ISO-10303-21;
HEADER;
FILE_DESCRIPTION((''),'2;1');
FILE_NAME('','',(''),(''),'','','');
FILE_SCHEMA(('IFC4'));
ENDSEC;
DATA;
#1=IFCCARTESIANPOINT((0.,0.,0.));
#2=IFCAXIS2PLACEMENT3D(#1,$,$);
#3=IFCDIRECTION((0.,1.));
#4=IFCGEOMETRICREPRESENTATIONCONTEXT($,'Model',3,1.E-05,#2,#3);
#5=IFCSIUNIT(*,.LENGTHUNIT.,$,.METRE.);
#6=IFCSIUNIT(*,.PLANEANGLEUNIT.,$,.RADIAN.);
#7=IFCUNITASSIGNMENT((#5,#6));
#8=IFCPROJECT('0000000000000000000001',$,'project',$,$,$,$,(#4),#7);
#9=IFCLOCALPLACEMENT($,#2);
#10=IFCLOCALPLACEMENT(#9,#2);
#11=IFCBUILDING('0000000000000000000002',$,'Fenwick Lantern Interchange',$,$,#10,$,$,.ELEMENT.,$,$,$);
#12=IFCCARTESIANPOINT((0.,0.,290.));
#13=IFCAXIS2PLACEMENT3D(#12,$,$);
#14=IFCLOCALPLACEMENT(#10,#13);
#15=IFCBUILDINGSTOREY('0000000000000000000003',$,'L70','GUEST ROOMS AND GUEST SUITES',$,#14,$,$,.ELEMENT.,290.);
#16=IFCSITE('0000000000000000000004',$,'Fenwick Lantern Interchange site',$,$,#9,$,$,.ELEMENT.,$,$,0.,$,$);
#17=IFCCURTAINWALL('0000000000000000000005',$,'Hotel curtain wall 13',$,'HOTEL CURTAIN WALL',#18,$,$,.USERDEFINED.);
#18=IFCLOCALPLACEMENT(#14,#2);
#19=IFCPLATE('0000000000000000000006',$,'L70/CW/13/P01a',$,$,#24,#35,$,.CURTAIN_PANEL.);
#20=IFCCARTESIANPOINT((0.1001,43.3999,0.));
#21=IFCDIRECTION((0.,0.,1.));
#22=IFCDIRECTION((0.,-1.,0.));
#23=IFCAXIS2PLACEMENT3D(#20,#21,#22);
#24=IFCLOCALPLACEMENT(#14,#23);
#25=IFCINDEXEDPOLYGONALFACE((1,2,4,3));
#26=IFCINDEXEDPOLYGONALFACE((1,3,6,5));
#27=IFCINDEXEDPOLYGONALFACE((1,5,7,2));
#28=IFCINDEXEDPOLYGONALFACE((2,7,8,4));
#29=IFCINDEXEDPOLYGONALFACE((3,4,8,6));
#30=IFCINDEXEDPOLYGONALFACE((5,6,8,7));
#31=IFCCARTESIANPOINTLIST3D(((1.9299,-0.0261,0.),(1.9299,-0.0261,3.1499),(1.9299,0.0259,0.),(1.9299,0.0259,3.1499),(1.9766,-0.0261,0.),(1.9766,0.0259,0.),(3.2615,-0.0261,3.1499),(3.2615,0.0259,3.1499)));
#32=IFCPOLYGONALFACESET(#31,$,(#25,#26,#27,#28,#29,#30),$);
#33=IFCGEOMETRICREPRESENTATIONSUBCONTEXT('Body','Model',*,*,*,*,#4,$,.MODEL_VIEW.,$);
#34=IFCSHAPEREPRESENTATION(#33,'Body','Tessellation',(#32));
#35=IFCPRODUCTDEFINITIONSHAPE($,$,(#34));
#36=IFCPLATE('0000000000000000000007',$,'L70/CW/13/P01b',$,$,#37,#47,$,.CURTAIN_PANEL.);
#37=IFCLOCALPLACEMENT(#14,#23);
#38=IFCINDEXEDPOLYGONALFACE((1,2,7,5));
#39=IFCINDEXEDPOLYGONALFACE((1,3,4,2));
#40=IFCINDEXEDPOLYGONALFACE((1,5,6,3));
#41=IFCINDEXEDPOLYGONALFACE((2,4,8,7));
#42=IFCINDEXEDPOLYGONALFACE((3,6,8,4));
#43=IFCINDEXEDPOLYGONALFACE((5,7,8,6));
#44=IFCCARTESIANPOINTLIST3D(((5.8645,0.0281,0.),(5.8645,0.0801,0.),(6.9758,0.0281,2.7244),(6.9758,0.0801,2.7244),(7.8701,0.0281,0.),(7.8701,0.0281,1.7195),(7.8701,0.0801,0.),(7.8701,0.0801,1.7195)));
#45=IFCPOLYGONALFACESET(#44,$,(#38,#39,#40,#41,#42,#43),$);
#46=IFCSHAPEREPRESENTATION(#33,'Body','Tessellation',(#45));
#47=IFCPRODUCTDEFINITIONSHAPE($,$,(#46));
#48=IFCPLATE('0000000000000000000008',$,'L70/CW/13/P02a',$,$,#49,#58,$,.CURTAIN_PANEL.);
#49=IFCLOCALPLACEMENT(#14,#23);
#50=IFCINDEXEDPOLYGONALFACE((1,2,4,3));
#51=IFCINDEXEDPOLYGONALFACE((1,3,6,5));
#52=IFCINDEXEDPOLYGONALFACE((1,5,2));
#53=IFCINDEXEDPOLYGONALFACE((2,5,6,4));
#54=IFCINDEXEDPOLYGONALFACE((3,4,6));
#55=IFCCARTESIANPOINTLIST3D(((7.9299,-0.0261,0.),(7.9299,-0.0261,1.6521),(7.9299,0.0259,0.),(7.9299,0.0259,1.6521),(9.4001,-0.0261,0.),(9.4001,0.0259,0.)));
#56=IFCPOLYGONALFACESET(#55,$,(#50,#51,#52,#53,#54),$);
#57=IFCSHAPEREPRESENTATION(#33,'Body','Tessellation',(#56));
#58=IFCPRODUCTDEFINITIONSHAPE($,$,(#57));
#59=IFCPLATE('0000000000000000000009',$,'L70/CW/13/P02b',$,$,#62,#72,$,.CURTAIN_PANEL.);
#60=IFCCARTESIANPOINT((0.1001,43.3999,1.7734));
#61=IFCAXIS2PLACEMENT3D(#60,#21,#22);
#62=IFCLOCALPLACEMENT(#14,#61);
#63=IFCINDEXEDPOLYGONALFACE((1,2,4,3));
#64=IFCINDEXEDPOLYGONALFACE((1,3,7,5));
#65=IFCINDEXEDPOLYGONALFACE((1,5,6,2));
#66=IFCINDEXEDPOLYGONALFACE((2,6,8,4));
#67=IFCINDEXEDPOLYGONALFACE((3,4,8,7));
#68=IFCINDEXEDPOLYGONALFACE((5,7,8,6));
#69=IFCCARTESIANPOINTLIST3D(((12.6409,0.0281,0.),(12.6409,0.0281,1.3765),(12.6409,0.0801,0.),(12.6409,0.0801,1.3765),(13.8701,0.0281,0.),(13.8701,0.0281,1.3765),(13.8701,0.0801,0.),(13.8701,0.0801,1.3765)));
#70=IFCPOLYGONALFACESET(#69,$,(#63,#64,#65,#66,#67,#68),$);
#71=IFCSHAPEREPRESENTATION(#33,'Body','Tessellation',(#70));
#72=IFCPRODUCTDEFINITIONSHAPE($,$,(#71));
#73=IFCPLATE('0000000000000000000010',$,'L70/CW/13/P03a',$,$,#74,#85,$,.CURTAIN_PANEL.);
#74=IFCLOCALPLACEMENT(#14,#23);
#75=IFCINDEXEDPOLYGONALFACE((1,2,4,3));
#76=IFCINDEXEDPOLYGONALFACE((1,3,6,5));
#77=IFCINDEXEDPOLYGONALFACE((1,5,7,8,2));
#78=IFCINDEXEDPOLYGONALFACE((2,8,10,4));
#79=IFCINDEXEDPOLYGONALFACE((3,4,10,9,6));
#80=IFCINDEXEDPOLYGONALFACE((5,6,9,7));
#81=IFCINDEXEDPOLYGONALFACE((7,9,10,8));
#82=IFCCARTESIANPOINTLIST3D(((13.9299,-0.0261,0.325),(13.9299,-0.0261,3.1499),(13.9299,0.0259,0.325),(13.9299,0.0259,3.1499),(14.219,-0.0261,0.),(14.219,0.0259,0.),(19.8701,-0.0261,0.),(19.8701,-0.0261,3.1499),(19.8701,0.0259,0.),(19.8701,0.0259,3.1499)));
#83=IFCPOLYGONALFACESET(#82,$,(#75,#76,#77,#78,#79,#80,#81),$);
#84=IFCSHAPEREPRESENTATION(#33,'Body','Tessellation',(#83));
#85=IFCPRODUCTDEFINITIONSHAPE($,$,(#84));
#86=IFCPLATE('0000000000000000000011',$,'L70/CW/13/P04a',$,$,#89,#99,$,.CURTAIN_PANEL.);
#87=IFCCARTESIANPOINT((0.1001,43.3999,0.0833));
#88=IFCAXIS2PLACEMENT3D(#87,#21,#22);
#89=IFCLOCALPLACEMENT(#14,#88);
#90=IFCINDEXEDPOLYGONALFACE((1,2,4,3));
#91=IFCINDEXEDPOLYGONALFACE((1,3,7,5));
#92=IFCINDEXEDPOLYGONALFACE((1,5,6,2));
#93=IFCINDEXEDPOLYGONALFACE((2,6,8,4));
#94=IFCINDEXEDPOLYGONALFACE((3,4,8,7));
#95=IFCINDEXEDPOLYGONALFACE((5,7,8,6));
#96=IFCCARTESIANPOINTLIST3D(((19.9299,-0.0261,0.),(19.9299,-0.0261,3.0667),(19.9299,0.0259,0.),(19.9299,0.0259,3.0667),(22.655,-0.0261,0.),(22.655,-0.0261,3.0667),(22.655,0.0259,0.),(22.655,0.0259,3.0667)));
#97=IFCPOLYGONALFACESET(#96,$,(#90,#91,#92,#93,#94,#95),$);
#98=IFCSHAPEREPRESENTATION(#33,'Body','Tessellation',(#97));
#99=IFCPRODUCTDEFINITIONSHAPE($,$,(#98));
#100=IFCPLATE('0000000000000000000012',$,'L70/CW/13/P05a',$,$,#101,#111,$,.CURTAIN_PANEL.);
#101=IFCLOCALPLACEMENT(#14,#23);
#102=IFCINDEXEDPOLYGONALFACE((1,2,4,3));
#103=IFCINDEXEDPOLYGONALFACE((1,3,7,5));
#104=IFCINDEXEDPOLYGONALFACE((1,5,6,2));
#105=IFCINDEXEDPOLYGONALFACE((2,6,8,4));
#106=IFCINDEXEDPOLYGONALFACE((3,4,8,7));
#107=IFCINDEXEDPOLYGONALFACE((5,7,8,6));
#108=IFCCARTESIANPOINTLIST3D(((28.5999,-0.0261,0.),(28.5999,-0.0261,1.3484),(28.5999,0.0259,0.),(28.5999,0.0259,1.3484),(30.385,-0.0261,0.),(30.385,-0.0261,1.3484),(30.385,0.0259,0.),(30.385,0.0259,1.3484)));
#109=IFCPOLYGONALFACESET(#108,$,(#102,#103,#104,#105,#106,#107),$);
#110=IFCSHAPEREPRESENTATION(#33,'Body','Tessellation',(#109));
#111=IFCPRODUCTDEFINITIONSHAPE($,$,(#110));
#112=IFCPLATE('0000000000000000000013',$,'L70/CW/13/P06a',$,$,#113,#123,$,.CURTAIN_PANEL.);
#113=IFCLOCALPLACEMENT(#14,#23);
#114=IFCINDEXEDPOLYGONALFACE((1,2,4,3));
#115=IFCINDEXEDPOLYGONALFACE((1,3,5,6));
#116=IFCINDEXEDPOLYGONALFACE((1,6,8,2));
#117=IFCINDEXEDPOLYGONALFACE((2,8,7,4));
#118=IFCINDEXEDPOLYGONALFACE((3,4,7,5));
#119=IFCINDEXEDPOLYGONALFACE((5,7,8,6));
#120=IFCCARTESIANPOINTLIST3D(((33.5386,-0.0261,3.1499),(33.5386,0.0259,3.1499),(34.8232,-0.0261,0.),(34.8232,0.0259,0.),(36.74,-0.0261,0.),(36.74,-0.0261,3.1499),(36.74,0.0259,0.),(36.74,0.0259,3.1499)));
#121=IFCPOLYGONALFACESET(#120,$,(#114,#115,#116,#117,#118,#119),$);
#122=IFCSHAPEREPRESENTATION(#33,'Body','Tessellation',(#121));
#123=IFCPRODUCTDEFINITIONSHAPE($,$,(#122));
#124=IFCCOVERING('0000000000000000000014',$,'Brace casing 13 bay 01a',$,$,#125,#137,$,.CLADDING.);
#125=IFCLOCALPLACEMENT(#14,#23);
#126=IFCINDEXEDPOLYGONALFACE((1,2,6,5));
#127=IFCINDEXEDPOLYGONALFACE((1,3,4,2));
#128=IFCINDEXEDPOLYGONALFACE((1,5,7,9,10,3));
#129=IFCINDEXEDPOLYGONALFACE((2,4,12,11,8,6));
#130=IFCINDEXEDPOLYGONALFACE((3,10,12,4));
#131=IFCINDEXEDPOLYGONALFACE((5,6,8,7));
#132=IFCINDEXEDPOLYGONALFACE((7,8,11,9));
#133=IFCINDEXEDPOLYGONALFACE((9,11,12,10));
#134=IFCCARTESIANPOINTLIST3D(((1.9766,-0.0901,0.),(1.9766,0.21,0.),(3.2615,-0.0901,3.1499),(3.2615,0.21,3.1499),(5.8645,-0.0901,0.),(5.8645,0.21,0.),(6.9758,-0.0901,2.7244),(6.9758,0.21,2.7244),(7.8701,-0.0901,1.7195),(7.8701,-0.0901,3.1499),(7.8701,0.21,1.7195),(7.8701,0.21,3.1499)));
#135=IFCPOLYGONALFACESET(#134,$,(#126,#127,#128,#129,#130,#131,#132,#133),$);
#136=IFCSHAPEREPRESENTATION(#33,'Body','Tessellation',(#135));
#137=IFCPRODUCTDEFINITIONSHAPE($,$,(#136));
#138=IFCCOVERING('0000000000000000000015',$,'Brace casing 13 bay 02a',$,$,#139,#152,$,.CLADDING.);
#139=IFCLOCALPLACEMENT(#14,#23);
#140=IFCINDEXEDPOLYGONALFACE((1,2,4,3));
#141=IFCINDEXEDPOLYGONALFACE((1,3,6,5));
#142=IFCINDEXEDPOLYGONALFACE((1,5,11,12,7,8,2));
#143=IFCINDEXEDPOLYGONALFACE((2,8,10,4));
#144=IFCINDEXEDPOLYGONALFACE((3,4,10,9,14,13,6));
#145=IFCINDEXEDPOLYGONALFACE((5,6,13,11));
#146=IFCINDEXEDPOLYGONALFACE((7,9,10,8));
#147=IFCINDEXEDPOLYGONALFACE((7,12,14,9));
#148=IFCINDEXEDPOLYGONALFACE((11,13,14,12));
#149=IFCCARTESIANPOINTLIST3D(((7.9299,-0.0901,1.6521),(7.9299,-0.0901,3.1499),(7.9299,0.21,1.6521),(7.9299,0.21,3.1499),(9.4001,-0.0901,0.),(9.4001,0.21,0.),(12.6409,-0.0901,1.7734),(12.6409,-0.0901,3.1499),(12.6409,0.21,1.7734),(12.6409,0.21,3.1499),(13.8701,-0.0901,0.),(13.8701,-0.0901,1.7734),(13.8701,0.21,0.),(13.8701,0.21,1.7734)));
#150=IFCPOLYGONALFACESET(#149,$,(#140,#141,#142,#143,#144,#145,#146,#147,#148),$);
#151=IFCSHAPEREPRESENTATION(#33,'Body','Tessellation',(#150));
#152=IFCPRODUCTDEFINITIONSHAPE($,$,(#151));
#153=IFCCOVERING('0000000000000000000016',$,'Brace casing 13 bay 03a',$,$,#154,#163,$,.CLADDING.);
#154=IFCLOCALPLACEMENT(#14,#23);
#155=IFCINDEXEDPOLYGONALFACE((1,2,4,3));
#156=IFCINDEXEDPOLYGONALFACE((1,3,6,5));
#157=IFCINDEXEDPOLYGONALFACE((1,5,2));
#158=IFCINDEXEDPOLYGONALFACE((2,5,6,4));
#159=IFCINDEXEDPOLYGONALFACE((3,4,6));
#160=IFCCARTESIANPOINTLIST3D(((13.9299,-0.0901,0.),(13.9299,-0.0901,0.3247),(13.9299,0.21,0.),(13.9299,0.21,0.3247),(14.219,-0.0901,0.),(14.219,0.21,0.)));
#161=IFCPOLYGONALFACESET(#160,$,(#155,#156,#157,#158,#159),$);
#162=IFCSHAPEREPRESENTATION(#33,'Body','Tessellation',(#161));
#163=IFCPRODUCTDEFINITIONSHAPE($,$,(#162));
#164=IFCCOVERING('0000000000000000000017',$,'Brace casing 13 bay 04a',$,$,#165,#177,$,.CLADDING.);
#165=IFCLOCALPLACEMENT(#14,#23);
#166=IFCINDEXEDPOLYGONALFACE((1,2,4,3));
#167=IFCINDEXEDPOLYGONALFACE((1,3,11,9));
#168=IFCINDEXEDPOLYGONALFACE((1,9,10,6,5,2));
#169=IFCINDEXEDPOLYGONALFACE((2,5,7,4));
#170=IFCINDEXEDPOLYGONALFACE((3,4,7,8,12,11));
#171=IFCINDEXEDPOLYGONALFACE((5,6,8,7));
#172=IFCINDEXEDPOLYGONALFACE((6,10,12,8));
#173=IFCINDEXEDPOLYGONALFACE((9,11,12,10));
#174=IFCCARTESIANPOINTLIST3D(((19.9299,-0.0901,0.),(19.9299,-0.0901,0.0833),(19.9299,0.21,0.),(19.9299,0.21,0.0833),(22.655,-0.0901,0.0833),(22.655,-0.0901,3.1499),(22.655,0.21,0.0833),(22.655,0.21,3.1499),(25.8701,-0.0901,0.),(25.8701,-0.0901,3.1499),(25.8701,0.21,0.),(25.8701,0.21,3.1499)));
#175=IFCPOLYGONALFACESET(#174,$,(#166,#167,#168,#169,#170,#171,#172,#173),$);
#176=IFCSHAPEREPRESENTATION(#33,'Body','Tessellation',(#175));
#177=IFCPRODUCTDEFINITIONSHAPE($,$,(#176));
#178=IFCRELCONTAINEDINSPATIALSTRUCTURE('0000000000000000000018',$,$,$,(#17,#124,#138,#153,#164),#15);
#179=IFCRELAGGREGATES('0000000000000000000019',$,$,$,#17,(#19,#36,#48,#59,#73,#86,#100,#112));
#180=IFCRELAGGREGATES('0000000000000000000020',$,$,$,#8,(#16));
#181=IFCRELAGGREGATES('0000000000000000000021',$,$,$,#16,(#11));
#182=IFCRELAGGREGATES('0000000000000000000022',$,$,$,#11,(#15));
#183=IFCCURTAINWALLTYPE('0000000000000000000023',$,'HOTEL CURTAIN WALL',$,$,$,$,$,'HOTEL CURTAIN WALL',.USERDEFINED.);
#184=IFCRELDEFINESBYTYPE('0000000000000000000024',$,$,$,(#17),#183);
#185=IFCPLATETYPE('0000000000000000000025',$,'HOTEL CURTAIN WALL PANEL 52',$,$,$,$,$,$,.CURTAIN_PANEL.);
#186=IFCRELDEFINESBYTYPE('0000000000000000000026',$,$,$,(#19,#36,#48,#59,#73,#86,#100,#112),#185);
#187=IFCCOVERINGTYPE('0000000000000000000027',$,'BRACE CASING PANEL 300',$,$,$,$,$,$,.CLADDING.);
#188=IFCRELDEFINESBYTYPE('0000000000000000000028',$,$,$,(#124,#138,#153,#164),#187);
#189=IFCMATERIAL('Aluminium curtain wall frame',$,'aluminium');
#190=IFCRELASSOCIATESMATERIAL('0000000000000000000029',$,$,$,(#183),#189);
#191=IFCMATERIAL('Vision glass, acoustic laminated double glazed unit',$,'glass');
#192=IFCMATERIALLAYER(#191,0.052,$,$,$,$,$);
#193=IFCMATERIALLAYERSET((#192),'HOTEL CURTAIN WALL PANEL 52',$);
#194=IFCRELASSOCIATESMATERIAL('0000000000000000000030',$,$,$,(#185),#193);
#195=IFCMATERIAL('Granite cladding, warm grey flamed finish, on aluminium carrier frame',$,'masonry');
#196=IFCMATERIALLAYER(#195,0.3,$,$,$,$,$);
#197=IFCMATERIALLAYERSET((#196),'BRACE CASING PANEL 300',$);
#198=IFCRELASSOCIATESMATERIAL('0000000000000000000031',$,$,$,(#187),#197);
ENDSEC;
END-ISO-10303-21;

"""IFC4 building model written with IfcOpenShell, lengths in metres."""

from ifc_helpers import new_model, si_unit, direction, frame, origin, place, context, subcontext, project, spatial, polyline, outline, extrude, material, layer, layer_set, type_object, element, aggregate, save


model = new_model("IFC4")

# Units and contexts
model_context = context("Model", 3, precision=1e-05, world=origin(), true_north=direction((0.0, 1.0)))
body_context = subcontext(model_context, "Body", "Model", "MODEL_VIEW")
ifc_project = project(units=[si_unit("LENGTHUNIT", "METRE"), si_unit("PLANEANGLEUNIT", "RADIAN")], contexts=[model_context])

# Site, building, storey
site_placement = place(None, origin())
site = spatial("IfcSite", under=ifc_project, at=site_placement, Name="Fenwick Lantern Interchange site", CompositionType="ELEMENT", RefElevation=0.0)
building_placement = place(site_placement, origin())
building = spatial("IfcBuilding", under=site, at=building_placement, Name="Fenwick Lantern Interchange", CompositionType="ELEMENT")
storey_placement = place(building_placement, frame((0.0, 0.0, 290.0)))
storey = spatial("IfcBuildingStorey", under=building, at=storey_placement, Name="L70", Description="GUEST ROOMS AND GUEST SUITES", CompositionType="ELEMENT", Elevation=290.0)

# Shared definitions
ifc_material_1 = material(Name="Aluminium curtain wall frame", Category="aluminium")
curtain_wall_type = type_object("IfcCurtainWallType", Name="HOTEL CURTAIN WALL", ElementType="HOTEL CURTAIN WALL", PredefinedType="USERDEFINED", material=ifc_material_1)

# Curtain wall
curtain_wall_1_placement = place(storey_placement, origin())
curtain_wall_1 = element("IfcCurtainWall", 1, at=curtain_wall_1_placement, inside=storey, type_object=curtain_wall_type, Name="Hotel curtain wall 13", ObjectType="HOTEL CURTAIN WALL", PredefinedType="USERDEFINED")

# Plates
ifc_material_2 = material(Name="Vision glass, acoustic laminated double glazed unit", Category="glass")
ifc_layer_1 = layer(ifc_material_2, 0.052)
ifc_layer_set_1 = layer_set([ifc_layer_1], Name="HOTEL CURTAIN WALL PANEL 52")
plate_type = type_object("IfcPlateType", Name="HOTEL CURTAIN WALL PANEL 52", PredefinedType="CURTAIN_PANEL", material=ifc_layer_set_1)
plate_1_placement = place(storey_placement, frame((0.1001, 43.3999, 0.0), z_axis=(0.0, 0.0, 1.0), x_axis=(0.0, -1.0, 0.0)))
plate_1 = element("IfcPlate", 2, at=plate_1_placement, type_object=plate_type, Name="L70/CW/13/P01a", PredefinedType="CURTAIN_PANEL", context=body_context, shape_type="SweptSolid", body=[
    extrude(outline(polyline([(1.9299, 0.0), (1.9766, 0.0), (3.2615, 3.1499), (1.9299, 3.1499), (1.9299, 0.0)])), frame((0.0, 0.0259, 0.0), z_axis=(0.0, -1.0, 0.0), x_axis=(1.0, 0.0, 0.0)), (0.0, 0.0, 1.0), 0.052),
])
plate_2_placement = place(storey_placement, frame((0.1001, 43.3999, 0.0), z_axis=(0.0, 0.0, 1.0), x_axis=(0.0, -1.0, 0.0)))
plate_2 = element("IfcPlate", 3, at=plate_2_placement, type_object=plate_type, Name="L70/CW/13/P01b", PredefinedType="CURTAIN_PANEL", context=body_context, shape_type="SweptSolid", body=[
    extrude(outline(polyline([(5.8645, 0.0), (7.8701, 0.0), (7.8701, 1.7195), (6.9758, 2.7244), (5.8645, 0.0)])), frame((0.0, 0.0801, 0.0), z_axis=(0.0, -1.0, 0.0), x_axis=(1.0, 0.0, 0.0)), (0.0, 0.0, 1.0), 0.052),
])
plate_3_placement = place(storey_placement, frame((0.1001, 43.3999, 0.0), z_axis=(0.0, 0.0, 1.0), x_axis=(0.0, -1.0, 0.0)))
plate_3 = element("IfcPlate", 4, at=plate_3_placement, type_object=plate_type, Name="L70/CW/13/P02a", PredefinedType="CURTAIN_PANEL", context=body_context, shape_type="SweptSolid", body=[
    extrude(outline(polyline([(7.9299, 0.0), (9.4001, 0.0), (7.9299, 1.6521), (7.9299, 0.0)])), frame((0.0, 0.0259, 0.0), z_axis=(0.0, -1.0, 0.0), x_axis=(1.0, 0.0, 0.0)), (0.0, 0.0, 1.0), 0.052),
])
plate_4_placement = place(storey_placement, frame((0.1001, 43.3999, 1.7734), z_axis=(0.0, 0.0, 1.0), x_axis=(0.0, -1.0, 0.0)))
plate_4 = element("IfcPlate", 5, at=plate_4_placement, type_object=plate_type, Name="L70/CW/13/P02b", PredefinedType="CURTAIN_PANEL", context=body_context, shape_type="SweptSolid", body=[
    extrude(outline(polyline([(12.6409, 0.0), (13.8701, 0.0), (13.8701, 1.3765), (12.6409, 1.3765), (12.6409, 0.0)])), frame((0.0, 0.0801, 0.0), z_axis=(0.0, -1.0, 0.0), x_axis=(1.0, 0.0, 0.0)), (0.0, 0.0, 1.0), 0.052),
])
plate_5_placement = place(storey_placement, frame((0.1001, 43.3999, 0.0), z_axis=(0.0, 0.0, 1.0), x_axis=(0.0, -1.0, 0.0)))
plate_5 = element("IfcPlate", 6, at=plate_5_placement, type_object=plate_type, Name="L70/CW/13/P03a", PredefinedType="CURTAIN_PANEL", context=body_context, shape_type="SweptSolid", body=[
    extrude(outline(polyline([(14.219, 0.0), (19.8701, 0.0), (19.8701, 3.1499), (13.9299, 3.1499), (13.9299, 0.325), (14.219, 0.0)])), frame((0.0, 0.0259, 0.0), z_axis=(0.0, -1.0, 0.0), x_axis=(1.0, 0.0, 0.0)), (0.0, 0.0, 1.0), 0.052),
])
plate_6_placement = place(storey_placement, frame((0.1001, 43.3999, 0.0833), z_axis=(0.0, 0.0, 1.0), x_axis=(0.0, -1.0, 0.0)))
plate_6 = element("IfcPlate", 7, at=plate_6_placement, type_object=plate_type, Name="L70/CW/13/P04a", PredefinedType="CURTAIN_PANEL", context=body_context, shape_type="SweptSolid", body=[
    extrude(outline(polyline([(19.9299, 0.0), (22.655, 0.0), (22.655, 3.0667), (19.9299, 3.0667), (19.9299, 0.0)])), frame((0.0, 0.0259, 0.0), z_axis=(0.0, -1.0, 0.0), x_axis=(1.0, 0.0, 0.0)), (0.0, 0.0, 1.0), 0.052),
])
plate_7_placement = place(storey_placement, frame((0.1001, 43.3999, 0.0), z_axis=(0.0, 0.0, 1.0), x_axis=(0.0, -1.0, 0.0)))
plate_7 = element("IfcPlate", 8, at=plate_7_placement, type_object=plate_type, Name="L70/CW/13/P05a", PredefinedType="CURTAIN_PANEL", context=body_context, shape_type="SweptSolid", body=[
    extrude(outline(polyline([(28.5999, 0.0), (30.385, 0.0), (30.385, 1.3484), (28.5999, 1.3484), (28.5999, 0.0)])), frame((0.0, 0.0259, 0.0), z_axis=(0.0, -1.0, 0.0), x_axis=(1.0, 0.0, 0.0)), (0.0, 0.0, 1.0), 0.052),
])
plate_8_placement = place(storey_placement, frame((0.1001, 43.3999, 0.0), z_axis=(0.0, 0.0, 1.0), x_axis=(0.0, -1.0, 0.0)))
plate_8 = element("IfcPlate", 9, at=plate_8_placement, type_object=plate_type, Name="L70/CW/13/P06a", PredefinedType="CURTAIN_PANEL", context=body_context, shape_type="SweptSolid", body=[
    extrude(outline(polyline([(34.8232, 0.0), (36.74, 0.0), (36.74, 3.1499), (33.5386, 3.1499), (34.8232, 0.0)])), frame((0.0, 0.0259, 0.0), z_axis=(0.0, -1.0, 0.0), x_axis=(1.0, 0.0, 0.0)), (0.0, 0.0, 1.0), 0.052),
])
aggregate(curtain_wall_1, [plate_1, plate_2, plate_3, plate_4, plate_5, plate_6, plate_7, plate_8])

# Coverings
ifc_material_3 = material(Name="Granite cladding, warm grey flamed finish, on aluminium carrier frame", Category="masonry")
ifc_layer_2 = layer(ifc_material_3, 0.3)
ifc_layer_set_2 = layer_set([ifc_layer_2], Name="BRACE CASING PANEL 300")
covering_type = type_object("IfcCoveringType", Name="BRACE CASING PANEL 300", PredefinedType="CLADDING", material=ifc_layer_set_2)
covering_1_placement = place(storey_placement, frame((0.1001, 43.3999, 0.0), z_axis=(0.0, 0.0, 1.0), x_axis=(0.0, -1.0, 0.0)))
element("IfcCovering", 10, at=covering_1_placement, inside=storey, type_object=covering_type, Name="Brace casing 13 bay 01a", PredefinedType="CLADDING", context=body_context, shape_type="SweptSolid", body=[
    extrude(outline(polyline([(1.9766, 0.0), (5.8645, 0.0), (6.9758, 2.7244), (7.8701, 1.7195), (7.8701, 3.1499), (3.2615, 3.1499), (1.9766, 0.0)])), frame((0.0, 0.21, 0.0), z_axis=(0.0, -1.0, 0.0), x_axis=(1.0, 0.0, 0.0)), (0.0, 0.0, 1.0), 0.3),
])
covering_2_placement = place(storey_placement, frame((0.1001, 43.3999, 0.0), z_axis=(0.0, 0.0, 1.0), x_axis=(0.0, -1.0, 0.0)))
element("IfcCovering", 11, at=covering_2_placement, inside=storey, type_object=covering_type, Name="Brace casing 13 bay 02a", PredefinedType="CLADDING", context=body_context, shape_type="SweptSolid", body=[
    extrude(outline(polyline([(9.4001, 0.0), (13.8701, 0.0), (13.8701, 1.7734), (12.6409, 1.7734), (12.6409, 3.1499), (7.9299, 3.1499), (7.9299, 1.6521), (9.4001, 0.0)])), frame((0.0, 0.21, 0.0), z_axis=(0.0, -1.0, 0.0), x_axis=(1.0, 0.0, 0.0)), (0.0, 0.0, 1.0), 0.3),
])
covering_3_placement = place(storey_placement, frame((0.1001, 43.3999, 0.0), z_axis=(0.0, 0.0, 1.0), x_axis=(0.0, -1.0, 0.0)))
element("IfcCovering", 12, at=covering_3_placement, inside=storey, type_object=covering_type, Name="Brace casing 13 bay 03a", PredefinedType="CLADDING", context=body_context, shape_type="SweptSolid", body=[
    extrude(outline(polyline([(13.9299, 0.0), (14.219, 0.0), (13.9299, 0.3247), (13.9299, 0.0)])), frame((0.0, 0.21, 0.0), z_axis=(0.0, -1.0, 0.0), x_axis=(1.0, 0.0, 0.0)), (0.0, 0.0, 1.0), 0.3),
])
covering_4_placement = place(storey_placement, frame((0.1001, 43.3999, 0.0), z_axis=(0.0, 0.0, 1.0), x_axis=(0.0, -1.0, 0.0)))
element("IfcCovering", 13, at=covering_4_placement, inside=storey, type_object=covering_type, Name="Brace casing 13 bay 04a", PredefinedType="CLADDING", context=body_context, shape_type="SweptSolid", body=[
    extrude(outline(polyline([(19.9299, 0.0), (25.8701, 0.0), (25.8701, 3.1499), (22.655, 3.1499), (22.655, 0.0833), (19.9299, 0.0833), (19.9299, 0.0)])), frame((0.0, 0.21, 0.0), z_axis=(0.0, -1.0, 0.0), x_axis=(1.0, 0.0, 0.0)), (0.0, 0.0, 1.0), 0.3),
])

save(model, "model.ifc")
